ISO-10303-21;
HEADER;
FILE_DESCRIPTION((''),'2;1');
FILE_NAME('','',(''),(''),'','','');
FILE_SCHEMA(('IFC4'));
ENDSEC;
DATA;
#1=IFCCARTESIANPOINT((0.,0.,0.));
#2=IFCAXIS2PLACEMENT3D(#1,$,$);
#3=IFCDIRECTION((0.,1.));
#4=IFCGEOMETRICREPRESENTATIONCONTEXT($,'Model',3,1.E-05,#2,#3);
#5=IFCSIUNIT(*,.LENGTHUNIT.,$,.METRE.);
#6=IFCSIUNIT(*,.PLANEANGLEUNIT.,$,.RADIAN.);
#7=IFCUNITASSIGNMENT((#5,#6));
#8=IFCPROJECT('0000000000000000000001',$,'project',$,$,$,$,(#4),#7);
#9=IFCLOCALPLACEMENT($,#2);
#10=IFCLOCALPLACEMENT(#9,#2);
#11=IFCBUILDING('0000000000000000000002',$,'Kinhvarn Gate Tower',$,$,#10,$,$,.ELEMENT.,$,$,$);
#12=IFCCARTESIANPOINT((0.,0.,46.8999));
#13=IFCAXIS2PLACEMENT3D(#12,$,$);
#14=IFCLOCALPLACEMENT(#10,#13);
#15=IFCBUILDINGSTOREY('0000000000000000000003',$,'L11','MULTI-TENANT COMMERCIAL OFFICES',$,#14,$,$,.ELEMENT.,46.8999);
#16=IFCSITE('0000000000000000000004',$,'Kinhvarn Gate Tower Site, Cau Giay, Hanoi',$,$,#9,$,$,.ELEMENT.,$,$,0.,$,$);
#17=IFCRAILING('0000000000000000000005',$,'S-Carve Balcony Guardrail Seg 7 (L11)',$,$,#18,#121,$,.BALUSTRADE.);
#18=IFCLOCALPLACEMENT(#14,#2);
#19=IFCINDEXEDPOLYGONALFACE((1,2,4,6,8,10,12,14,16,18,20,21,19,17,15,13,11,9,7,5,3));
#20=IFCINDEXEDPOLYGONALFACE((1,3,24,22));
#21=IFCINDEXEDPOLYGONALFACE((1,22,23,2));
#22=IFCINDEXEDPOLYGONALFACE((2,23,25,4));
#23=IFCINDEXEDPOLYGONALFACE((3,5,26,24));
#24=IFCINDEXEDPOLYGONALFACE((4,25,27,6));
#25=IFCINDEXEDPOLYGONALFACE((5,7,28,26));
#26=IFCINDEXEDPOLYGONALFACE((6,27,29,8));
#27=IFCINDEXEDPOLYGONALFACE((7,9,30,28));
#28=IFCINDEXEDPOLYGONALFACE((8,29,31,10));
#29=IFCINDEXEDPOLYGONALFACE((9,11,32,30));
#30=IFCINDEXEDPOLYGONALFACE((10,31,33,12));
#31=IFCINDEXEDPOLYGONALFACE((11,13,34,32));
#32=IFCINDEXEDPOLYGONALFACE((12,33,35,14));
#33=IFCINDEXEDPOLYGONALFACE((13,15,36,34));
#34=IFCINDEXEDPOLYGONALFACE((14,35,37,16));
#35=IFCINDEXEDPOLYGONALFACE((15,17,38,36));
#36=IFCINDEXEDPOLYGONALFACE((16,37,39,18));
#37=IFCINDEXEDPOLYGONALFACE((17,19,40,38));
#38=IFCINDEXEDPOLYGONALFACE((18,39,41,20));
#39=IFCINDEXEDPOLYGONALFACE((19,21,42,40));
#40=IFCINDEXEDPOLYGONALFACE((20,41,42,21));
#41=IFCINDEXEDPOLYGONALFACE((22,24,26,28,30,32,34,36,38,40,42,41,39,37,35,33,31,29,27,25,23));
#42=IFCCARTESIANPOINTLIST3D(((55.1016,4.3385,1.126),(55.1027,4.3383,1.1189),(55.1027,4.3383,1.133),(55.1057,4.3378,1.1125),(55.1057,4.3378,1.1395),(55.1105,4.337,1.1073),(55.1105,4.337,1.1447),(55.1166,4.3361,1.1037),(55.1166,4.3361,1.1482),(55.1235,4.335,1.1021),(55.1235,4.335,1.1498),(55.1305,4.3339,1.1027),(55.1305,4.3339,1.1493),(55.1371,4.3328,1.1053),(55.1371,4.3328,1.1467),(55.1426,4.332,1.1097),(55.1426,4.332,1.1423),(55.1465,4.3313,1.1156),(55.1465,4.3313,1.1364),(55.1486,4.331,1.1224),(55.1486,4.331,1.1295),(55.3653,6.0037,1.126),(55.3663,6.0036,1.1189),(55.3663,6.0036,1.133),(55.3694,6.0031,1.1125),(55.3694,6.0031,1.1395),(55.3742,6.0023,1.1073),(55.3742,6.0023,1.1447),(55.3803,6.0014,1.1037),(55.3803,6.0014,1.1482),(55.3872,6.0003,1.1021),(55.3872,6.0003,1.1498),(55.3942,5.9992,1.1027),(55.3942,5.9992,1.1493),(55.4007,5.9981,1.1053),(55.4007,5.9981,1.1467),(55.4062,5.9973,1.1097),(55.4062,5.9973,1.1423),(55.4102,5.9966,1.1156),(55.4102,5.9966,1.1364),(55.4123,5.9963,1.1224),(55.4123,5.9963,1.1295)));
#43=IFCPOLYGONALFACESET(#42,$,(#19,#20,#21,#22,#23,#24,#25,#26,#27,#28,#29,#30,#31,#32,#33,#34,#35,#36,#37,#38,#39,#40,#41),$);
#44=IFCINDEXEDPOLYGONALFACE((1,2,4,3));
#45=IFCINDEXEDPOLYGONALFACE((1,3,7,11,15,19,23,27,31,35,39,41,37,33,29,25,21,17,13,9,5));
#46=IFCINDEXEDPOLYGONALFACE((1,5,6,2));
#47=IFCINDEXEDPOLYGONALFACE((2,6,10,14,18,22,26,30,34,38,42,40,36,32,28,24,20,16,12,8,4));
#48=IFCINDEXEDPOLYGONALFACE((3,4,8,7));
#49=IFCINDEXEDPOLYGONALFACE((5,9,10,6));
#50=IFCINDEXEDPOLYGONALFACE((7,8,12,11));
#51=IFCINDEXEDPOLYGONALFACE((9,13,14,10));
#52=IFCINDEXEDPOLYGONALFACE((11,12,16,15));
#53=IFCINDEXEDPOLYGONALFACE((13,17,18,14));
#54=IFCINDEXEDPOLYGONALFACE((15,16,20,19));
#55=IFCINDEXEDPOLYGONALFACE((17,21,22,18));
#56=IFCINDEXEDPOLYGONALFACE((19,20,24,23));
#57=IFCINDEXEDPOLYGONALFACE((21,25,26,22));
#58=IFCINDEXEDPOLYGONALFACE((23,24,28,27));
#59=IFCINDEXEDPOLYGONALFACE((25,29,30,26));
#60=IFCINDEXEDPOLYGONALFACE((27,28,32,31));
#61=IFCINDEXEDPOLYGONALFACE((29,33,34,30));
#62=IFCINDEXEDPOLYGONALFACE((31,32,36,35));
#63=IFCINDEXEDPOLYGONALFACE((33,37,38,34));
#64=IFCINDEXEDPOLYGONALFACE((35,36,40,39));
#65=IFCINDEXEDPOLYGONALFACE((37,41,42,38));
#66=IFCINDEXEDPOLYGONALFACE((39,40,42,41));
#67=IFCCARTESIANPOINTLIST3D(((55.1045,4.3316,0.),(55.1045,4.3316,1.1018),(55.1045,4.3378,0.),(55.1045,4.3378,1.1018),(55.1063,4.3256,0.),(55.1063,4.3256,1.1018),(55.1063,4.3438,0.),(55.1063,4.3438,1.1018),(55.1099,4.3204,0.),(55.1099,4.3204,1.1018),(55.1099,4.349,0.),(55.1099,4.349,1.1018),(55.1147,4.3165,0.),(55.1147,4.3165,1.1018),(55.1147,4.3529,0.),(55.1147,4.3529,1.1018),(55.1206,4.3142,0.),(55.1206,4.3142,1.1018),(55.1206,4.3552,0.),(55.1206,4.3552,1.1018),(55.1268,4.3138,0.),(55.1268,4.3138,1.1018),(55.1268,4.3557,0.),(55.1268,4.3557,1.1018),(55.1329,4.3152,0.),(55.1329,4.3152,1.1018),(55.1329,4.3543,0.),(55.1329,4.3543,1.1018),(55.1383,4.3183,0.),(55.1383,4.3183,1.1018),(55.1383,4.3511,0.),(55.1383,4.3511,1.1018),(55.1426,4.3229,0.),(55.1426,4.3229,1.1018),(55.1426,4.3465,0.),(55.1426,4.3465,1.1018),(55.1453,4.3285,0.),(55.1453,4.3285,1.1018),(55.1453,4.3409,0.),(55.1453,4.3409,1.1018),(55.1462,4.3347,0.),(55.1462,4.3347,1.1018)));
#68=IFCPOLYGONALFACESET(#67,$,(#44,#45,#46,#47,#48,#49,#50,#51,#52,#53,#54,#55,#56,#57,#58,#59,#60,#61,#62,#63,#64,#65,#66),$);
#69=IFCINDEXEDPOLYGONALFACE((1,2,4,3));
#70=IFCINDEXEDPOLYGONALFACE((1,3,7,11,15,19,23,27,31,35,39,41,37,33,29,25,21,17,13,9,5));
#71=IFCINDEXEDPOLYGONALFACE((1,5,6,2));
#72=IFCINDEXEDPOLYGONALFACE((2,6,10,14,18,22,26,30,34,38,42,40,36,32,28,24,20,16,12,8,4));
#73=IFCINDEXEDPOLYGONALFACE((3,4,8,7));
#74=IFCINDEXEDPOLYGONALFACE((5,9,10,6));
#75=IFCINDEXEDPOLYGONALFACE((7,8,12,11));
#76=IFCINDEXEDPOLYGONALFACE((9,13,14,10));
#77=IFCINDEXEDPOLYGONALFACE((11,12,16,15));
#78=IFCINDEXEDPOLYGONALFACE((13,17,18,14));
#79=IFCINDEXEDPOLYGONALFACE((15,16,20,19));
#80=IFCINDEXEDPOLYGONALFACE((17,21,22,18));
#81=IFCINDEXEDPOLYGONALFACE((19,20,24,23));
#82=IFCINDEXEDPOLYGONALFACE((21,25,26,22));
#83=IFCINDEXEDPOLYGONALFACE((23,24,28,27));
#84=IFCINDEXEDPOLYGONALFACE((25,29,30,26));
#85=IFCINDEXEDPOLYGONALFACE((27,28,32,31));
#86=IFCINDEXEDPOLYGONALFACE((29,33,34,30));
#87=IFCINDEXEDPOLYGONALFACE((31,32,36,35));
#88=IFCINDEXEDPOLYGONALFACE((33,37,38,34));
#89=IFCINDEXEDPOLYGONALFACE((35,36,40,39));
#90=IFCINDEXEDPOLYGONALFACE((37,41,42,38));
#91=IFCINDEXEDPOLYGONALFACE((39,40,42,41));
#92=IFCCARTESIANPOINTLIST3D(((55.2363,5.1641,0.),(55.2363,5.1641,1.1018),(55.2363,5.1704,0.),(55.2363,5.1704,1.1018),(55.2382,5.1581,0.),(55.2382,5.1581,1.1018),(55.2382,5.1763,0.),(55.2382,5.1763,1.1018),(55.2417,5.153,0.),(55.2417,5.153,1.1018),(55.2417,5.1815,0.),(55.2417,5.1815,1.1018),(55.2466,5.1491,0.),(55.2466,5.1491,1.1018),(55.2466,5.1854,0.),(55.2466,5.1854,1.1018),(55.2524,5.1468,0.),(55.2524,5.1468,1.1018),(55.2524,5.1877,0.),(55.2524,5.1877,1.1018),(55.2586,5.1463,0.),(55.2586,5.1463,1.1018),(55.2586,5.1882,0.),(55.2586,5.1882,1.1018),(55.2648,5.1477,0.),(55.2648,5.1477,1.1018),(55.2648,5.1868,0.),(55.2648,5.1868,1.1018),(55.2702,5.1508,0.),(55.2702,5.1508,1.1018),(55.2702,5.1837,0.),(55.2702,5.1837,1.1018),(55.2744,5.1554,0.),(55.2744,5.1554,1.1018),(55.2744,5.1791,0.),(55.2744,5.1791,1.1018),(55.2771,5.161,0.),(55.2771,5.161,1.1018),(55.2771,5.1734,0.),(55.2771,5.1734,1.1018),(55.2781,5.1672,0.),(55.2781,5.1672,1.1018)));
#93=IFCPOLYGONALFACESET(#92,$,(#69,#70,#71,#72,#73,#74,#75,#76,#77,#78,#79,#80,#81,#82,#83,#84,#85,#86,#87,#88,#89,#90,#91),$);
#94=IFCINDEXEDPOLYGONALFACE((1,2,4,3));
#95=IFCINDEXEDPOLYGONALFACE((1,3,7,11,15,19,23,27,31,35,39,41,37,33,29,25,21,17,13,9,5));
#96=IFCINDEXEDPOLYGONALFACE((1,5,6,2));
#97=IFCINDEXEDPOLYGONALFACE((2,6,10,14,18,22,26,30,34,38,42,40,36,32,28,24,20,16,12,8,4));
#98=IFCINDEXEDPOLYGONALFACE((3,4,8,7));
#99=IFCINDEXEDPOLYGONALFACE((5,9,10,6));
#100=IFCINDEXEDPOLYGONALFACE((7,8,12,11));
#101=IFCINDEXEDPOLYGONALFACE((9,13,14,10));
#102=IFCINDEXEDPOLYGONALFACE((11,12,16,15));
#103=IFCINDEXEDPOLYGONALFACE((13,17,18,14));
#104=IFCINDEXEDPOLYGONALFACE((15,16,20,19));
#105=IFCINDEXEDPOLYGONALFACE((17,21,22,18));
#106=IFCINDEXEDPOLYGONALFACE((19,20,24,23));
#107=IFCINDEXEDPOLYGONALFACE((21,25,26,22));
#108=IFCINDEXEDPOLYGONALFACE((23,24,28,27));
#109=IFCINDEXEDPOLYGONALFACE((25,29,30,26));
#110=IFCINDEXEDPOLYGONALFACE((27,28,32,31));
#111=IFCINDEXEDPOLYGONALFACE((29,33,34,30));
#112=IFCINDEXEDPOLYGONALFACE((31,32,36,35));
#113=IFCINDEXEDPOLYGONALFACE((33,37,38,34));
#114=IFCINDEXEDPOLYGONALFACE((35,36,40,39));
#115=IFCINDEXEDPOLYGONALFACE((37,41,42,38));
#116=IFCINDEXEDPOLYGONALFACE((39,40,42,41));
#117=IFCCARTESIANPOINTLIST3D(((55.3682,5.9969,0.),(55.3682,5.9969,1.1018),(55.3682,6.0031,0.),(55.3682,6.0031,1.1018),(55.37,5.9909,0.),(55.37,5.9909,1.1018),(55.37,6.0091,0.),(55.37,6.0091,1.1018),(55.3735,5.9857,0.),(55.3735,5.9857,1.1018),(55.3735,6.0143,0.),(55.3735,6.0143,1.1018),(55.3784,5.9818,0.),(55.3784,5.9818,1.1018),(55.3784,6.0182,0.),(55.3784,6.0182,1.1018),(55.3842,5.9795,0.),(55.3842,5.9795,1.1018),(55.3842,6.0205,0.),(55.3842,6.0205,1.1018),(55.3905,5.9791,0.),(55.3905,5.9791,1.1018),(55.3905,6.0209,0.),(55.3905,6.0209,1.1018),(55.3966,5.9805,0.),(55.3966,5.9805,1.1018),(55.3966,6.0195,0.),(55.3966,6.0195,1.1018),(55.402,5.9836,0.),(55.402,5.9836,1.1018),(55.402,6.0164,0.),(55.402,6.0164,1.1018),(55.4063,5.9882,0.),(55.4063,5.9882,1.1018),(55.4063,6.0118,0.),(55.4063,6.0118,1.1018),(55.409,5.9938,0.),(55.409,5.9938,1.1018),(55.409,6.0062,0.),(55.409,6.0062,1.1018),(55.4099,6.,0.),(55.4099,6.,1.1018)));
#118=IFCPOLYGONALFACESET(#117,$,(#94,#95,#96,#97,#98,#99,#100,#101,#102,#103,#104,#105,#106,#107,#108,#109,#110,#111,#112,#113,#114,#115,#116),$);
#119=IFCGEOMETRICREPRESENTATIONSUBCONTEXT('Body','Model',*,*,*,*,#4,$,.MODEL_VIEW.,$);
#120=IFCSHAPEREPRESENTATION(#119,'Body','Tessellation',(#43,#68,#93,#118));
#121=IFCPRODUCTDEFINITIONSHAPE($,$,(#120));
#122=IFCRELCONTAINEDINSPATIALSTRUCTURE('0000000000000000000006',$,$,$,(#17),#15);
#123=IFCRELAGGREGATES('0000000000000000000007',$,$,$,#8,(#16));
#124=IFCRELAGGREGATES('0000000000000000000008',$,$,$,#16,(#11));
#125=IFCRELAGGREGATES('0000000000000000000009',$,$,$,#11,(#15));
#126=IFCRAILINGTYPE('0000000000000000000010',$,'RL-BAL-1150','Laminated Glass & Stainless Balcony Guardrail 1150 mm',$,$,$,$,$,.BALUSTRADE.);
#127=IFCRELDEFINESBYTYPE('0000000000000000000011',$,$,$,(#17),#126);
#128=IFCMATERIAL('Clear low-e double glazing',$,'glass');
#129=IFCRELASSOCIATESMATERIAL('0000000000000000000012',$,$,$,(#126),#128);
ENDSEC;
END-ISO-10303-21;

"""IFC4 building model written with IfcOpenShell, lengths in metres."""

from ifc_helpers import new_model, si_unit, direction, frame, origin, origin_2d, place, context, subcontext, project, spatial, circle, extrude, material, type_object, element, save


model = new_model("IFC4")

# Units and contexts
model_context = context("Model", 3, precision=1e-05, world=origin(), true_north=direction((0.0, 1.0)))
body_context = subcontext(model_context, "Body", "Model", "MODEL_VIEW")
ifc_project = project(units=[si_unit("LENGTHUNIT", "METRE"), si_unit("PLANEANGLEUNIT", "RADIAN")], contexts=[model_context])

# Site, building, storey
site_placement = place(None, origin())
site = spatial("IfcSite", under=ifc_project, at=site_placement, Name="Kinhvarn Gate Tower Site, Cau Giay, Hanoi", CompositionType="ELEMENT", RefElevation=0.0)
building_placement = place(site_placement, origin())
building = spatial("IfcBuilding", under=site, at=building_placement, Name="Kinhvarn Gate Tower", CompositionType="ELEMENT")
storey_placement = place(building_placement, frame((0.0, 0.0, 46.8999)))
storey = spatial("IfcBuildingStorey", under=building, at=storey_placement, Name="L11", Description="MULTI-TENANT COMMERCIAL OFFICES", CompositionType="ELEMENT", Elevation=46.8999)

# Shared definitions
ifc_material_1 = material(Name="Clear low-e double glazing", Category="glass")

# Railing
railing_type = type_object("IfcRailingType", Name="RL-BAL-1150", Description="Laminated Glass & Stainless Balcony Guardrail 1150 mm", PredefinedType="BALUSTRADE", material=ifc_material_1)
railing_1_placement = place(storey_placement, frame((55.1252, 4.3347, 0.0)))
element("IfcRailing", 1, at=railing_1_placement, inside=storey, type_object=railing_type, Name="S-Carve Balcony Guardrail Seg 7 (L11)", PredefinedType="BALUSTRADE", context=body_context, shape_type="SweptSolid", body=[
    extrude(circle(Radius=0.0239, at=origin_2d()), frame((0.0, 0.0, 1.126), z_axis=(0.156386, 0.987696, 0.0), x_axis=(-0.987696, 0.156386, 0.0)), (0.0, 0.0, 1.0), 1.686),
    extrude(circle(Radius=0.021, at=origin_2d()), origin(), (0.0, 0.0, 1.0), 1.1018),
    extrude(circle(Radius=0.021, at=origin_2d()), frame((0.1318, 0.8325, 0.0)), (0.0, 0.0, 1.0), 1.1018),
    extrude(circle(Radius=0.021, at=origin_2d()), frame((0.2637, 1.6653, 0.0)), (0.0, 0.0, 1.0), 1.1018),
])

save(model, "model.ifc")
